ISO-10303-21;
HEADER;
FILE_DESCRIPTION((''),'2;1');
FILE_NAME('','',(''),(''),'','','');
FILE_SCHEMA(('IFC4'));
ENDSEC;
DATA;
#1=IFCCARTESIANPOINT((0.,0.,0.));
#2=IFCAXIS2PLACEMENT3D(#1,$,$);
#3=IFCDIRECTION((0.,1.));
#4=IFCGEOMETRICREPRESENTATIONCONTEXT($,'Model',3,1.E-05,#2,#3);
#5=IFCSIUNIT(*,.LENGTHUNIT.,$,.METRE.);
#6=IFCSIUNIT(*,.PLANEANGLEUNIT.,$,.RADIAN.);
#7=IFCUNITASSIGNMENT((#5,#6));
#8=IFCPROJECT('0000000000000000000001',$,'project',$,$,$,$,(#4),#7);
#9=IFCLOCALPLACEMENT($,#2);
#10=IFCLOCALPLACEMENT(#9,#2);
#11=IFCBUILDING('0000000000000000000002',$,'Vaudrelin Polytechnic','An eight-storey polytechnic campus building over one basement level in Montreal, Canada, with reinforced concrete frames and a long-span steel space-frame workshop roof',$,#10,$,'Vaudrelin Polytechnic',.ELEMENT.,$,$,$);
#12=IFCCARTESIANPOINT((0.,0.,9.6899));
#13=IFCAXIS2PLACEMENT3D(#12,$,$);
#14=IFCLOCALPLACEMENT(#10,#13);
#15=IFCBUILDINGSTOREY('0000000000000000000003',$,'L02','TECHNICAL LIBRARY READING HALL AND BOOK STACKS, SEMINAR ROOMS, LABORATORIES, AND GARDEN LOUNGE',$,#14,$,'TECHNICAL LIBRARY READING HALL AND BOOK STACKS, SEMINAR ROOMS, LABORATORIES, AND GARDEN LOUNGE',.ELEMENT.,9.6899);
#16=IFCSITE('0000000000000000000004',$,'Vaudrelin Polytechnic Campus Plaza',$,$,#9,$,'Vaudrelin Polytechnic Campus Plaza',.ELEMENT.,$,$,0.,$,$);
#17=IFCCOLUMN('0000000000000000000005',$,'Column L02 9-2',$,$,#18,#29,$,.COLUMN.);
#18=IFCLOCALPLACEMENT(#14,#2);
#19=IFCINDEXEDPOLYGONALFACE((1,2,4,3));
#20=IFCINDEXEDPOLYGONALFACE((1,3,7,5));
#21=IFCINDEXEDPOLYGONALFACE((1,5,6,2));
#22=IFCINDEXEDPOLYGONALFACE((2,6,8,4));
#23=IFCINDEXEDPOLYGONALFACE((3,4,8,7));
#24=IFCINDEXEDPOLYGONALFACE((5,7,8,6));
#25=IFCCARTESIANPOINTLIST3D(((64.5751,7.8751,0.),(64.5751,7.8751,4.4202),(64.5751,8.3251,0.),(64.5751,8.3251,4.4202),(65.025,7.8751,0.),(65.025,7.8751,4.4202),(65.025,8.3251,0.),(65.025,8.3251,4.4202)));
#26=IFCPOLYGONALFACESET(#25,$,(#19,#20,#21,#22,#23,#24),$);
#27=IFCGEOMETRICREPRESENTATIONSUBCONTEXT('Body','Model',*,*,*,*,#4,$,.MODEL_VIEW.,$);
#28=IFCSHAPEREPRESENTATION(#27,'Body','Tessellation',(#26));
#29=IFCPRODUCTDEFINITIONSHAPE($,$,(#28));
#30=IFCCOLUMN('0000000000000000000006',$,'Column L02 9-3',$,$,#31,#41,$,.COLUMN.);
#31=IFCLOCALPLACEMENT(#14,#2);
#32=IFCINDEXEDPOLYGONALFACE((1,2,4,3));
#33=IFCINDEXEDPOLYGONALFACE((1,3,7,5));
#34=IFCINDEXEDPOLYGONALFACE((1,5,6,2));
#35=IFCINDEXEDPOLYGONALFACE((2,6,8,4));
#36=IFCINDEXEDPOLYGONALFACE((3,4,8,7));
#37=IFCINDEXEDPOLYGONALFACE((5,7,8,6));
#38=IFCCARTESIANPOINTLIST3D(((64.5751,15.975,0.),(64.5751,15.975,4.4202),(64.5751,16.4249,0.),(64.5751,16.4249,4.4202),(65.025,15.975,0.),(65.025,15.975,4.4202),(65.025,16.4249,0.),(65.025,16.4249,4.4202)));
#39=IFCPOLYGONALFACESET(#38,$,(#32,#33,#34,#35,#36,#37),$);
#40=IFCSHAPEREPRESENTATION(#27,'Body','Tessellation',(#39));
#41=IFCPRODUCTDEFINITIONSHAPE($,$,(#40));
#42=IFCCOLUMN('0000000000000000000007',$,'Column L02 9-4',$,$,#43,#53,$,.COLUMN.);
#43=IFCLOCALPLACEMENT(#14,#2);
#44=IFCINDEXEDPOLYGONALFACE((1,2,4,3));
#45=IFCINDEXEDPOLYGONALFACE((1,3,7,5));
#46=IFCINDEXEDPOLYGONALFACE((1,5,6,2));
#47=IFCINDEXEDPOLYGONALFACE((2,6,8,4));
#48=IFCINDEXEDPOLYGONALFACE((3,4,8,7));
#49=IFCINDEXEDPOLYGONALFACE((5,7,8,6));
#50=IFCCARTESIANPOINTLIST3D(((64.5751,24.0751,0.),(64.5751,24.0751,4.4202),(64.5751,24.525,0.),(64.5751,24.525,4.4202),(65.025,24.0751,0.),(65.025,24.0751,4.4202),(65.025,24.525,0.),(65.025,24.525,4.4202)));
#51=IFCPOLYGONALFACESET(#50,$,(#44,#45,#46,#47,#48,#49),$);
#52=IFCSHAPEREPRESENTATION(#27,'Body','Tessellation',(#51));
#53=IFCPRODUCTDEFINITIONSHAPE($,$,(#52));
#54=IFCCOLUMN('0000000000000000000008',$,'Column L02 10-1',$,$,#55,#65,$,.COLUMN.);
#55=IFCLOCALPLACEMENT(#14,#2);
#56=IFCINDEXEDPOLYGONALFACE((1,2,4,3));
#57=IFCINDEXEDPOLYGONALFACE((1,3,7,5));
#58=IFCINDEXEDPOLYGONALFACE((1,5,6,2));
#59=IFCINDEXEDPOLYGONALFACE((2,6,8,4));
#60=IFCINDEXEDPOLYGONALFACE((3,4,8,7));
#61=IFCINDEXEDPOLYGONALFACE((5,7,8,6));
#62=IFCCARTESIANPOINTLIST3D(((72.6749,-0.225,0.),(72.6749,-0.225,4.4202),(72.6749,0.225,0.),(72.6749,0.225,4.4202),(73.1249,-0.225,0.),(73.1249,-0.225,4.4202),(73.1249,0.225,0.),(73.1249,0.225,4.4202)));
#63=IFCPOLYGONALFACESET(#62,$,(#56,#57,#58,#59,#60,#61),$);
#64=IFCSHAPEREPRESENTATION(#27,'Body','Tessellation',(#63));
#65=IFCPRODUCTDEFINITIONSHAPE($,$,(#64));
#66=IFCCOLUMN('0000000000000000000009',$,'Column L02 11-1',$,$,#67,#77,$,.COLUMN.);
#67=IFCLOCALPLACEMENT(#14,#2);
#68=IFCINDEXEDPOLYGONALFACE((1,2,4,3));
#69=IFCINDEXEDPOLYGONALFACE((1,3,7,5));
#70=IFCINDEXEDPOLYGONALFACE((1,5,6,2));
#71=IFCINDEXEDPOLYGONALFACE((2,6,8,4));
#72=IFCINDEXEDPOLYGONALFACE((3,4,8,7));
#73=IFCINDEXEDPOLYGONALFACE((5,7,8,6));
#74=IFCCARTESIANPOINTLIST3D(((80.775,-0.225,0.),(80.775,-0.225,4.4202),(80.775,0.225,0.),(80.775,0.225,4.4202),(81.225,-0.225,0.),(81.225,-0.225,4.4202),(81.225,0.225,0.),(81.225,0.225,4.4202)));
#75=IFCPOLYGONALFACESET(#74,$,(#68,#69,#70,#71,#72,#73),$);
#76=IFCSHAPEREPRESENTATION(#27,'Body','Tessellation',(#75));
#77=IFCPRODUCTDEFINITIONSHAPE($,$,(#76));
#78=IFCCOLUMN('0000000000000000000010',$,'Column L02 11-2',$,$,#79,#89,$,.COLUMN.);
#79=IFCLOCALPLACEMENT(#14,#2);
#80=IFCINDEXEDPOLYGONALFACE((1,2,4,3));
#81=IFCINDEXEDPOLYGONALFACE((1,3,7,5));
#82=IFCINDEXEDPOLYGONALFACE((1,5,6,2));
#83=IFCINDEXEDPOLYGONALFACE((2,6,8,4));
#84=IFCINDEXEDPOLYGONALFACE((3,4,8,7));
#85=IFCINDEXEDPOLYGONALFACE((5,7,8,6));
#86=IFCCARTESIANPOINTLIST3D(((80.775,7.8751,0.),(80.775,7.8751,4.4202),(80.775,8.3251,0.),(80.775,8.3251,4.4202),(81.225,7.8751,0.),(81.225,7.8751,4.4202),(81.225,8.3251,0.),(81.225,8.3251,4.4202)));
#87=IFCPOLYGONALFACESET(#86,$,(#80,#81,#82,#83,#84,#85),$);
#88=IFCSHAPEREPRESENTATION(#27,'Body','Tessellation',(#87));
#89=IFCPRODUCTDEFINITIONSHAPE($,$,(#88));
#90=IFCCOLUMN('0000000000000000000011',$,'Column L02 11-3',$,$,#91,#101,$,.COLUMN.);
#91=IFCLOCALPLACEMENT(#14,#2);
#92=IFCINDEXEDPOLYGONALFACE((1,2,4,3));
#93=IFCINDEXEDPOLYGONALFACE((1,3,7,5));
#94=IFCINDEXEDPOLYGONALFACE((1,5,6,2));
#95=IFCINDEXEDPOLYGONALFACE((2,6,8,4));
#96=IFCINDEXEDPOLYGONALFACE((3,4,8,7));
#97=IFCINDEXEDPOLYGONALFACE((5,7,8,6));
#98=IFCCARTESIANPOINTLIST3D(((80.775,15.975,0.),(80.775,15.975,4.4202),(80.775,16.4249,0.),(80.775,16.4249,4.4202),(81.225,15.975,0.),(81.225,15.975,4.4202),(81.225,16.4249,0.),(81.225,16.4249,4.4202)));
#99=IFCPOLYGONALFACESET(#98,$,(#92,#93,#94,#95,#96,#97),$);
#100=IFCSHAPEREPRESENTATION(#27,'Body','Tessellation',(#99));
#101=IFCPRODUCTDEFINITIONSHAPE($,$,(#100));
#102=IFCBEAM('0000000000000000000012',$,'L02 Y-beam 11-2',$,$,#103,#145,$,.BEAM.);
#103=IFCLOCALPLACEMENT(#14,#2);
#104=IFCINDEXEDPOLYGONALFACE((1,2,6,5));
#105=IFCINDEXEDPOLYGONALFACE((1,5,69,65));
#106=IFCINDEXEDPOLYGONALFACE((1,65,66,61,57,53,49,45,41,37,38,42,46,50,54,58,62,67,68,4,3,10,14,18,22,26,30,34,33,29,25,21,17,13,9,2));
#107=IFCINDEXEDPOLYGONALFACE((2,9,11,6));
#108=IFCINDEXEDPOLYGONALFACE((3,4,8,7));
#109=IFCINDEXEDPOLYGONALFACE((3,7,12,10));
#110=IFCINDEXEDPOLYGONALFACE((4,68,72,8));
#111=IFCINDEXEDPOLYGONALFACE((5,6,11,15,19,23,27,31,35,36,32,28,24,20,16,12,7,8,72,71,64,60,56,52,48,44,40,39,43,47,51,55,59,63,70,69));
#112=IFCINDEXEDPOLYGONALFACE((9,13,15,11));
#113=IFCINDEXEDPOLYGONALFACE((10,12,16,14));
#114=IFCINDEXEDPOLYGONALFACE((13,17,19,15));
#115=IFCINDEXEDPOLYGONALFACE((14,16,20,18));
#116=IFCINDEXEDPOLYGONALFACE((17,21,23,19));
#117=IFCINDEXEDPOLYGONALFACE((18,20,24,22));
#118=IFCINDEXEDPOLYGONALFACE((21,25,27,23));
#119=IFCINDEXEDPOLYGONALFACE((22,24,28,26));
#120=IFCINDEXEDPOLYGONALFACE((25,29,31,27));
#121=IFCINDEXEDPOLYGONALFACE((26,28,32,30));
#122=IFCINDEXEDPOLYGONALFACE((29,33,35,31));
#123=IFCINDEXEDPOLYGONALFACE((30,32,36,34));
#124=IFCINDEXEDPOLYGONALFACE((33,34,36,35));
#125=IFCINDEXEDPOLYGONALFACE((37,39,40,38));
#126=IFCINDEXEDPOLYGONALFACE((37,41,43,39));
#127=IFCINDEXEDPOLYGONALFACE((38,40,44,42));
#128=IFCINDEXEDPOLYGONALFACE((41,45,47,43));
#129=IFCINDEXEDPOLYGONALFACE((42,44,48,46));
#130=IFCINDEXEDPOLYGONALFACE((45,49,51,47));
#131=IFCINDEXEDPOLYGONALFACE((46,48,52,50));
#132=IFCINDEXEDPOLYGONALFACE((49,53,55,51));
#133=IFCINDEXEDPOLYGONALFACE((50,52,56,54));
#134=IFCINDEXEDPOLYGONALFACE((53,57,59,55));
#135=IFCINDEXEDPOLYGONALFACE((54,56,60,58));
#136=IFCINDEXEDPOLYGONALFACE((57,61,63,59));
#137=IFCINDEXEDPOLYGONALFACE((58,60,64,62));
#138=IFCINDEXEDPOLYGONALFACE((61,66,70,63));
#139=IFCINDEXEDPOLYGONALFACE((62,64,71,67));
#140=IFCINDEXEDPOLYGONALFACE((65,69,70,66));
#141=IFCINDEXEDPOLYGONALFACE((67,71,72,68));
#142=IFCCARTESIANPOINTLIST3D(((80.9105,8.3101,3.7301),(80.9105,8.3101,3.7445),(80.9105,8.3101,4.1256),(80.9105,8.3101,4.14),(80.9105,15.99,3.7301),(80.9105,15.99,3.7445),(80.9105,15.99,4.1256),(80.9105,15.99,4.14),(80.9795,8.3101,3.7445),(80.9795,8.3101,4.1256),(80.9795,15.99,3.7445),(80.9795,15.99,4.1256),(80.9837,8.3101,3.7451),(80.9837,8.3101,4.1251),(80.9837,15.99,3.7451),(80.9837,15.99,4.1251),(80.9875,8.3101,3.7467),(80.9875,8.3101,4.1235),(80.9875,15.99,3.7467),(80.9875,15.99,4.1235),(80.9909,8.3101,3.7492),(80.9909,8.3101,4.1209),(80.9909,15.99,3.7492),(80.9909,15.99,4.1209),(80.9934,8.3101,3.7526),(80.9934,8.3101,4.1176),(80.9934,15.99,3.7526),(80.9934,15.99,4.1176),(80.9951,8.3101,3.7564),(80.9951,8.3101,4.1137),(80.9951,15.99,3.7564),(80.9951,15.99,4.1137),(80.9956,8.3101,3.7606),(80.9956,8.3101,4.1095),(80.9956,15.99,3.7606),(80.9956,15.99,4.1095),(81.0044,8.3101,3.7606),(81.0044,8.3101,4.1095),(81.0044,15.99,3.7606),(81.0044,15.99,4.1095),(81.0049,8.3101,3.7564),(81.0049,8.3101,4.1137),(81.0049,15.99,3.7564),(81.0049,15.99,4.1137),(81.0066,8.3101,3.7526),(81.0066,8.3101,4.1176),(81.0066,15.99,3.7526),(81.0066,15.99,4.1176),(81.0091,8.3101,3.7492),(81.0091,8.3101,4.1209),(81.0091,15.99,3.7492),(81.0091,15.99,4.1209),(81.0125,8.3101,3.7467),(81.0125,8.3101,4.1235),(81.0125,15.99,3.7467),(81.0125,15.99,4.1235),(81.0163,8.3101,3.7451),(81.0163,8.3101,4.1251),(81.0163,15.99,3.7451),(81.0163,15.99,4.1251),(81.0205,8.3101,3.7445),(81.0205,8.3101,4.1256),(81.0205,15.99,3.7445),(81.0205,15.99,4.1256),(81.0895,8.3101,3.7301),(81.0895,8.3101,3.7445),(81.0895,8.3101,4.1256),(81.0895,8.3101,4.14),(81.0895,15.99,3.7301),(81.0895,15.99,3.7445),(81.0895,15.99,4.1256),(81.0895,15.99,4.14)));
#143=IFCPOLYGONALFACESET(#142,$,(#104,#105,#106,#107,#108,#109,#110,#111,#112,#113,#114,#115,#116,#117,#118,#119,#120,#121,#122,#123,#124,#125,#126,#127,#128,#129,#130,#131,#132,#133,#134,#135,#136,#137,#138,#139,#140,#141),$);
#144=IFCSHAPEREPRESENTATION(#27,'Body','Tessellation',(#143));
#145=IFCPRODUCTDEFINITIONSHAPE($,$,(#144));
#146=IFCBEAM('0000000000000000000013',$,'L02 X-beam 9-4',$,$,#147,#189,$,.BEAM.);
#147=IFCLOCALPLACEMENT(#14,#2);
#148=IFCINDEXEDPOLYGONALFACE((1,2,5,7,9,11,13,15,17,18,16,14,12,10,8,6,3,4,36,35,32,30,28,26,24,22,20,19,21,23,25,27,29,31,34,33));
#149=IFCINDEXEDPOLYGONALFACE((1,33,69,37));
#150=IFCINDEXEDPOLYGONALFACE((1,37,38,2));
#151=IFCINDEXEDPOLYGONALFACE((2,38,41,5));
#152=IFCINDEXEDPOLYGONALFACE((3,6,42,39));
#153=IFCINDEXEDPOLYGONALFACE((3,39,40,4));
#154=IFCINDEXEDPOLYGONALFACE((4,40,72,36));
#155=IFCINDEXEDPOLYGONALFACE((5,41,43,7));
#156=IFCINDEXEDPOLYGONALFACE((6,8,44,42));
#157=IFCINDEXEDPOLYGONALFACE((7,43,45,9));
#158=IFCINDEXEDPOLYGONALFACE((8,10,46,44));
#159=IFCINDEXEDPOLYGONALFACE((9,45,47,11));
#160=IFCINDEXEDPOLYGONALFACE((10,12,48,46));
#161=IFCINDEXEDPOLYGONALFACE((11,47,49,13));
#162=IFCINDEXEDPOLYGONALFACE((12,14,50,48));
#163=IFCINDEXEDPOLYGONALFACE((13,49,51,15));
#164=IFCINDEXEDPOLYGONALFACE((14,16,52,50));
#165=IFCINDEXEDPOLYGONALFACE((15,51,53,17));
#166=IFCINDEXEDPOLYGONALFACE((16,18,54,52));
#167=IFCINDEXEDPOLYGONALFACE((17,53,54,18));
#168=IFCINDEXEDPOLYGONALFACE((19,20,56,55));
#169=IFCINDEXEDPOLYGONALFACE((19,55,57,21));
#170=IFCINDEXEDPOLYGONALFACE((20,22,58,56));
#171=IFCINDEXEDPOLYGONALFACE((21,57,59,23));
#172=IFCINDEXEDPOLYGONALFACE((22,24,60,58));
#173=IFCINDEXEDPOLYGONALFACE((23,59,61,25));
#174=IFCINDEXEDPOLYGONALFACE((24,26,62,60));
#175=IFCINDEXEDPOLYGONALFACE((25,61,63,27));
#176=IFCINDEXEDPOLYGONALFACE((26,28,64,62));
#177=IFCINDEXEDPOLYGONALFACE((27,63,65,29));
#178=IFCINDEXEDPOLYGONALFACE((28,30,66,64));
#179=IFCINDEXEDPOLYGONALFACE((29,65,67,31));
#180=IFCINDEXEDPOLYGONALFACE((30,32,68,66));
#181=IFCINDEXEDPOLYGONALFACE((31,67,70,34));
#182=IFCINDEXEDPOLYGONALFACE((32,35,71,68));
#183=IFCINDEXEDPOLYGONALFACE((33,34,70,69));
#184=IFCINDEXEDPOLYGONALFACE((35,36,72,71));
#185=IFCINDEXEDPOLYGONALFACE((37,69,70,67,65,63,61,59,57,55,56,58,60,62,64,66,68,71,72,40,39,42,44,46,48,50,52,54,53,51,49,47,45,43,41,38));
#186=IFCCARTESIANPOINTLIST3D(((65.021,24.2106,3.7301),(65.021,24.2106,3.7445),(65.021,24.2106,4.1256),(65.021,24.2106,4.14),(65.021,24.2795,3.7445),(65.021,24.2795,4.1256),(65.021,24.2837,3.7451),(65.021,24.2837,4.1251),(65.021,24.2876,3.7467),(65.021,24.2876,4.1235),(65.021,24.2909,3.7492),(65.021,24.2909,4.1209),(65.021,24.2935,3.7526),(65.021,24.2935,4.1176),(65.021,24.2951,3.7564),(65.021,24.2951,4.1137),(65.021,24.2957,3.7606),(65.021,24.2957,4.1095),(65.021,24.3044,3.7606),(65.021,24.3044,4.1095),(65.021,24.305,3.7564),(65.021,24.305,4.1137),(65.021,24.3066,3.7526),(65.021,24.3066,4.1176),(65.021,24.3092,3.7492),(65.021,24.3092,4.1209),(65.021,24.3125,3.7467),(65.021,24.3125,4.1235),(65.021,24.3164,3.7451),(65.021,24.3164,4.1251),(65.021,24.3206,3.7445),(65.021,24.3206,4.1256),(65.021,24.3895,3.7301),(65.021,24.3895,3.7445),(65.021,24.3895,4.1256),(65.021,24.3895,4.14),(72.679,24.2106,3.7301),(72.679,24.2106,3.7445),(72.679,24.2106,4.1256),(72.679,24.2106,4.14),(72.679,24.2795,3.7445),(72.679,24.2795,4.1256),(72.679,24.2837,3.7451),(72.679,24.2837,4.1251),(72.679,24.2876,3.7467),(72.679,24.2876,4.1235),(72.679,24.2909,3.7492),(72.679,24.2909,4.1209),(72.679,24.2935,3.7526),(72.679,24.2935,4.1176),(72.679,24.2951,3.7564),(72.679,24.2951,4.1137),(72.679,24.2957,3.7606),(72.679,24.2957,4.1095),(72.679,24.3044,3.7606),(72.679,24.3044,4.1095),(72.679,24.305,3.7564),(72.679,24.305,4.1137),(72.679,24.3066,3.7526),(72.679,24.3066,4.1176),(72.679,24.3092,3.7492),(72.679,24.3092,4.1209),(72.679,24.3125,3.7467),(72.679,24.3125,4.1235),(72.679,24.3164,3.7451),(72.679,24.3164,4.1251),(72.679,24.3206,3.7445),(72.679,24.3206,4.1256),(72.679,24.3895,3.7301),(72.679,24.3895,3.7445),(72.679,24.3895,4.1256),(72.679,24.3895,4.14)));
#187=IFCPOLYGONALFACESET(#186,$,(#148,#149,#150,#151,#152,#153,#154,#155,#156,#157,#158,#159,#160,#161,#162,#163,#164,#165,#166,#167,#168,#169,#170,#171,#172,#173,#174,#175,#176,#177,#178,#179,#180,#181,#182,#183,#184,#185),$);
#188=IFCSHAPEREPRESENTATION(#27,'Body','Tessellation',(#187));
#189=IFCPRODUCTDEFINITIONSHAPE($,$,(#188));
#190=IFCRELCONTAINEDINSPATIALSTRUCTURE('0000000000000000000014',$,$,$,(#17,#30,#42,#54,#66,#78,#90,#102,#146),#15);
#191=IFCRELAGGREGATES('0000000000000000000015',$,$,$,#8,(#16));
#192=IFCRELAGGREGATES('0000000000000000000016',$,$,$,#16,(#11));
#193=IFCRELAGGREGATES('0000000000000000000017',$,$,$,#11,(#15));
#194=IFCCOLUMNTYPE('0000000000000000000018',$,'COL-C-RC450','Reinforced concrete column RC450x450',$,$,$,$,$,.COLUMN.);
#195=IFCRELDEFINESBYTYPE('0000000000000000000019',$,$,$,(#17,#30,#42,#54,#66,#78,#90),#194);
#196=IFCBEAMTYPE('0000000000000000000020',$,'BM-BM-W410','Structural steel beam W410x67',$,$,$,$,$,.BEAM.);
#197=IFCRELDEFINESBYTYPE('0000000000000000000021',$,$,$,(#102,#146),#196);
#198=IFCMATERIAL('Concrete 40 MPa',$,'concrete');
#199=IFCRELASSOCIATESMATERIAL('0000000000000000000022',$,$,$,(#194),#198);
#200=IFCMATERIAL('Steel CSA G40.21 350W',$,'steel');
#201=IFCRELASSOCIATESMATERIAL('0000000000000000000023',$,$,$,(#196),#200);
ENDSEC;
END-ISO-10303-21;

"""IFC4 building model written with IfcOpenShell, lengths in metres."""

from ifc_helpers import new_model, si_unit, direction, frame, origin, origin_2d, place, context, subcontext, project, spatial, rectangle, i_section, extrude, material, material_profile, profile_set, type_object, element, save


model = new_model("IFC4")

# Units and contexts
model_context = context("Model", 3, precision=1e-05, world=origin(), true_north=direction((0.0, 1.0)))
body_context = subcontext(model_context, "Body", "Model", "MODEL_VIEW")
ifc_project = project(units=[si_unit("LENGTHUNIT", "METRE"), si_unit("PLANEANGLEUNIT", "RADIAN")], contexts=[model_context])

# Site, building, storey
site_placement = place(None, origin())
site = spatial("IfcSite", under=ifc_project, at=site_placement, Name="Vaudrelin Polytechnic Campus Plaza", LongName="Vaudrelin Polytechnic Campus Plaza", CompositionType="ELEMENT", RefElevation=0.0)
building_placement = place(site_placement, origin())
building = spatial("IfcBuilding", under=site, at=building_placement, Name="Vaudrelin Polytechnic", Description="An eight-storey polytechnic campus building over one basement level in Montreal, Canada, with reinforced concrete frames and a long-span steel space-frame workshop roof", LongName="Vaudrelin Polytechnic", CompositionType="ELEMENT")
storey_placement = place(building_placement, frame((0.0, 0.0, 9.6899)))
storey = spatial("IfcBuildingStorey", under=building, at=storey_placement, Name="L02", Description="TECHNICAL LIBRARY READING HALL AND BOOK STACKS, SEMINAR ROOMS, LABORATORIES, AND GARDEN LOUNGE", LongName="TECHNICAL LIBRARY READING HALL AND BOOK STACKS, SEMINAR ROOMS, LABORATORIES, AND GARDEN LOUNGE", CompositionType="ELEMENT", Elevation=9.6899)

# Columns
ifc_material_1 = material(Name="Steel CSA G40.21 350W", Category="steel")
ifc_material_2 = material(Name="Concrete 40 MPa", Category="concrete")
ifc_material_profile_1 = material_profile(ifc_material_2, rectangle(XDim=0.45, YDim=0.45, at=origin_2d()), Name="RC450x450")
ifc_profile_set_1 = profile_set([ifc_material_profile_1], Name="Concrete 40 MPa")
column_type_1 = type_object("IfcColumnType", Name="COL-C-RC450", Description="Reinforced concrete column RC450x450", PredefinedType="COLUMN", material=ifc_profile_set_1)
for number, where, z_axis, x_axis, name in (
    (1, (64.8, 8.1001, 0.0), (0.0, 0.0, 1.0), (1.0, 0.0, 0.0), "Column L02 9-2"),
    (2, (64.8, 16.2, 0.0), (0.0, 0.0, 1.0), (1.0, 0.0, 0.0), "Column L02 9-3"),
    (3, (64.8, 24.3, 0.0), (0.0, 0.0, 1.0), (1.0, 0.0, 0.0), "Column L02 9-4"),
    (4, (72.8999, 0.0, 0.0), (0.0, 0.0, 1.0), (1.0, 0.0, 0.0), "Column L02 10-1"),
    (5, (81.0, 0.0, 0.0), (0.0, 0.0, 1.0), (1.0, 0.0, 0.0), "Column L02 11-1"),
    (6, (81.0, 8.1001, 0.0), (0.0, 0.0, 1.0), (1.0, 0.0, 0.0), "Column L02 11-2"),
    (7, (81.0, 16.2, 0.0), (0.0, 0.0, 1.0), (1.0, 0.0, 0.0), "Column L02 11-3"),
):
    element("IfcColumn", number, at=place(storey_placement, frame(where, z_axis=z_axis, x_axis=x_axis)), inside=storey, type_object=column_type_1, Name=name, PredefinedType="COLUMN", context=body_context, shape_type="SweptSolid", body=[
        extrude(rectangle(XDim=0.45, YDim=0.45, at=origin_2d()), origin(), (0.0, 0.0, 1.0), 4.4202),
    ])

# Beams
ifc_material_profile_2 = material_profile(ifc_material_1, i_section(OverallWidth=0.179, OverallDepth=0.4099, WebThickness=0.0088, FlangeThickness=0.0144, FilletRadius=0.0161, at=origin_2d()), Name="W410x67")
ifc_profile_set_2 = profile_set([ifc_material_profile_2], Name="Steel CSA G40.21 350W")
beam_type_1 = type_object("IfcBeamType", Name="BM-BM-W410", Description="Structural steel beam W410x67", PredefinedType="BEAM", material=ifc_profile_set_2)
beam_1_placement = place(storey_placement, frame((81.0, 8.3101, 3.9351), z_axis=(0.0, 1.0, 0.0), x_axis=(-1.0, 0.0, 0.0)))
element("IfcBeam", 8, at=beam_1_placement, inside=storey, type_object=beam_type_1, Name="L02 Y-beam 11-2", PredefinedType="BEAM", context=body_context, shape_type="SweptSolid", body=[
    extrude(i_section(OverallWidth=0.179, OverallDepth=0.4099, WebThickness=0.0088, FlangeThickness=0.0144, FilletRadius=0.0161, at=origin_2d()), origin(), (0.0, 0.0, 1.0), 7.6799),
])
beam_2_placement = place(storey_placement, frame((65.021, 24.3, 3.9351), z_axis=(1.0, 0.0, 0.0), x_axis=(0.0, 1.0, 0.0)))
element("IfcBeam", 9, at=beam_2_placement, inside=storey, type_object=beam_type_1, Name="L02 X-beam 9-4", PredefinedType="BEAM", context=body_context, shape_type="SweptSolid", body=[
    extrude(i_section(OverallWidth=0.179, OverallDepth=0.4099, WebThickness=0.0088, FlangeThickness=0.0144, FilletRadius=0.0161, at=origin_2d()), origin(), (0.0, 0.0, 1.0), 7.658),
])

save(model, "model.ifc")
